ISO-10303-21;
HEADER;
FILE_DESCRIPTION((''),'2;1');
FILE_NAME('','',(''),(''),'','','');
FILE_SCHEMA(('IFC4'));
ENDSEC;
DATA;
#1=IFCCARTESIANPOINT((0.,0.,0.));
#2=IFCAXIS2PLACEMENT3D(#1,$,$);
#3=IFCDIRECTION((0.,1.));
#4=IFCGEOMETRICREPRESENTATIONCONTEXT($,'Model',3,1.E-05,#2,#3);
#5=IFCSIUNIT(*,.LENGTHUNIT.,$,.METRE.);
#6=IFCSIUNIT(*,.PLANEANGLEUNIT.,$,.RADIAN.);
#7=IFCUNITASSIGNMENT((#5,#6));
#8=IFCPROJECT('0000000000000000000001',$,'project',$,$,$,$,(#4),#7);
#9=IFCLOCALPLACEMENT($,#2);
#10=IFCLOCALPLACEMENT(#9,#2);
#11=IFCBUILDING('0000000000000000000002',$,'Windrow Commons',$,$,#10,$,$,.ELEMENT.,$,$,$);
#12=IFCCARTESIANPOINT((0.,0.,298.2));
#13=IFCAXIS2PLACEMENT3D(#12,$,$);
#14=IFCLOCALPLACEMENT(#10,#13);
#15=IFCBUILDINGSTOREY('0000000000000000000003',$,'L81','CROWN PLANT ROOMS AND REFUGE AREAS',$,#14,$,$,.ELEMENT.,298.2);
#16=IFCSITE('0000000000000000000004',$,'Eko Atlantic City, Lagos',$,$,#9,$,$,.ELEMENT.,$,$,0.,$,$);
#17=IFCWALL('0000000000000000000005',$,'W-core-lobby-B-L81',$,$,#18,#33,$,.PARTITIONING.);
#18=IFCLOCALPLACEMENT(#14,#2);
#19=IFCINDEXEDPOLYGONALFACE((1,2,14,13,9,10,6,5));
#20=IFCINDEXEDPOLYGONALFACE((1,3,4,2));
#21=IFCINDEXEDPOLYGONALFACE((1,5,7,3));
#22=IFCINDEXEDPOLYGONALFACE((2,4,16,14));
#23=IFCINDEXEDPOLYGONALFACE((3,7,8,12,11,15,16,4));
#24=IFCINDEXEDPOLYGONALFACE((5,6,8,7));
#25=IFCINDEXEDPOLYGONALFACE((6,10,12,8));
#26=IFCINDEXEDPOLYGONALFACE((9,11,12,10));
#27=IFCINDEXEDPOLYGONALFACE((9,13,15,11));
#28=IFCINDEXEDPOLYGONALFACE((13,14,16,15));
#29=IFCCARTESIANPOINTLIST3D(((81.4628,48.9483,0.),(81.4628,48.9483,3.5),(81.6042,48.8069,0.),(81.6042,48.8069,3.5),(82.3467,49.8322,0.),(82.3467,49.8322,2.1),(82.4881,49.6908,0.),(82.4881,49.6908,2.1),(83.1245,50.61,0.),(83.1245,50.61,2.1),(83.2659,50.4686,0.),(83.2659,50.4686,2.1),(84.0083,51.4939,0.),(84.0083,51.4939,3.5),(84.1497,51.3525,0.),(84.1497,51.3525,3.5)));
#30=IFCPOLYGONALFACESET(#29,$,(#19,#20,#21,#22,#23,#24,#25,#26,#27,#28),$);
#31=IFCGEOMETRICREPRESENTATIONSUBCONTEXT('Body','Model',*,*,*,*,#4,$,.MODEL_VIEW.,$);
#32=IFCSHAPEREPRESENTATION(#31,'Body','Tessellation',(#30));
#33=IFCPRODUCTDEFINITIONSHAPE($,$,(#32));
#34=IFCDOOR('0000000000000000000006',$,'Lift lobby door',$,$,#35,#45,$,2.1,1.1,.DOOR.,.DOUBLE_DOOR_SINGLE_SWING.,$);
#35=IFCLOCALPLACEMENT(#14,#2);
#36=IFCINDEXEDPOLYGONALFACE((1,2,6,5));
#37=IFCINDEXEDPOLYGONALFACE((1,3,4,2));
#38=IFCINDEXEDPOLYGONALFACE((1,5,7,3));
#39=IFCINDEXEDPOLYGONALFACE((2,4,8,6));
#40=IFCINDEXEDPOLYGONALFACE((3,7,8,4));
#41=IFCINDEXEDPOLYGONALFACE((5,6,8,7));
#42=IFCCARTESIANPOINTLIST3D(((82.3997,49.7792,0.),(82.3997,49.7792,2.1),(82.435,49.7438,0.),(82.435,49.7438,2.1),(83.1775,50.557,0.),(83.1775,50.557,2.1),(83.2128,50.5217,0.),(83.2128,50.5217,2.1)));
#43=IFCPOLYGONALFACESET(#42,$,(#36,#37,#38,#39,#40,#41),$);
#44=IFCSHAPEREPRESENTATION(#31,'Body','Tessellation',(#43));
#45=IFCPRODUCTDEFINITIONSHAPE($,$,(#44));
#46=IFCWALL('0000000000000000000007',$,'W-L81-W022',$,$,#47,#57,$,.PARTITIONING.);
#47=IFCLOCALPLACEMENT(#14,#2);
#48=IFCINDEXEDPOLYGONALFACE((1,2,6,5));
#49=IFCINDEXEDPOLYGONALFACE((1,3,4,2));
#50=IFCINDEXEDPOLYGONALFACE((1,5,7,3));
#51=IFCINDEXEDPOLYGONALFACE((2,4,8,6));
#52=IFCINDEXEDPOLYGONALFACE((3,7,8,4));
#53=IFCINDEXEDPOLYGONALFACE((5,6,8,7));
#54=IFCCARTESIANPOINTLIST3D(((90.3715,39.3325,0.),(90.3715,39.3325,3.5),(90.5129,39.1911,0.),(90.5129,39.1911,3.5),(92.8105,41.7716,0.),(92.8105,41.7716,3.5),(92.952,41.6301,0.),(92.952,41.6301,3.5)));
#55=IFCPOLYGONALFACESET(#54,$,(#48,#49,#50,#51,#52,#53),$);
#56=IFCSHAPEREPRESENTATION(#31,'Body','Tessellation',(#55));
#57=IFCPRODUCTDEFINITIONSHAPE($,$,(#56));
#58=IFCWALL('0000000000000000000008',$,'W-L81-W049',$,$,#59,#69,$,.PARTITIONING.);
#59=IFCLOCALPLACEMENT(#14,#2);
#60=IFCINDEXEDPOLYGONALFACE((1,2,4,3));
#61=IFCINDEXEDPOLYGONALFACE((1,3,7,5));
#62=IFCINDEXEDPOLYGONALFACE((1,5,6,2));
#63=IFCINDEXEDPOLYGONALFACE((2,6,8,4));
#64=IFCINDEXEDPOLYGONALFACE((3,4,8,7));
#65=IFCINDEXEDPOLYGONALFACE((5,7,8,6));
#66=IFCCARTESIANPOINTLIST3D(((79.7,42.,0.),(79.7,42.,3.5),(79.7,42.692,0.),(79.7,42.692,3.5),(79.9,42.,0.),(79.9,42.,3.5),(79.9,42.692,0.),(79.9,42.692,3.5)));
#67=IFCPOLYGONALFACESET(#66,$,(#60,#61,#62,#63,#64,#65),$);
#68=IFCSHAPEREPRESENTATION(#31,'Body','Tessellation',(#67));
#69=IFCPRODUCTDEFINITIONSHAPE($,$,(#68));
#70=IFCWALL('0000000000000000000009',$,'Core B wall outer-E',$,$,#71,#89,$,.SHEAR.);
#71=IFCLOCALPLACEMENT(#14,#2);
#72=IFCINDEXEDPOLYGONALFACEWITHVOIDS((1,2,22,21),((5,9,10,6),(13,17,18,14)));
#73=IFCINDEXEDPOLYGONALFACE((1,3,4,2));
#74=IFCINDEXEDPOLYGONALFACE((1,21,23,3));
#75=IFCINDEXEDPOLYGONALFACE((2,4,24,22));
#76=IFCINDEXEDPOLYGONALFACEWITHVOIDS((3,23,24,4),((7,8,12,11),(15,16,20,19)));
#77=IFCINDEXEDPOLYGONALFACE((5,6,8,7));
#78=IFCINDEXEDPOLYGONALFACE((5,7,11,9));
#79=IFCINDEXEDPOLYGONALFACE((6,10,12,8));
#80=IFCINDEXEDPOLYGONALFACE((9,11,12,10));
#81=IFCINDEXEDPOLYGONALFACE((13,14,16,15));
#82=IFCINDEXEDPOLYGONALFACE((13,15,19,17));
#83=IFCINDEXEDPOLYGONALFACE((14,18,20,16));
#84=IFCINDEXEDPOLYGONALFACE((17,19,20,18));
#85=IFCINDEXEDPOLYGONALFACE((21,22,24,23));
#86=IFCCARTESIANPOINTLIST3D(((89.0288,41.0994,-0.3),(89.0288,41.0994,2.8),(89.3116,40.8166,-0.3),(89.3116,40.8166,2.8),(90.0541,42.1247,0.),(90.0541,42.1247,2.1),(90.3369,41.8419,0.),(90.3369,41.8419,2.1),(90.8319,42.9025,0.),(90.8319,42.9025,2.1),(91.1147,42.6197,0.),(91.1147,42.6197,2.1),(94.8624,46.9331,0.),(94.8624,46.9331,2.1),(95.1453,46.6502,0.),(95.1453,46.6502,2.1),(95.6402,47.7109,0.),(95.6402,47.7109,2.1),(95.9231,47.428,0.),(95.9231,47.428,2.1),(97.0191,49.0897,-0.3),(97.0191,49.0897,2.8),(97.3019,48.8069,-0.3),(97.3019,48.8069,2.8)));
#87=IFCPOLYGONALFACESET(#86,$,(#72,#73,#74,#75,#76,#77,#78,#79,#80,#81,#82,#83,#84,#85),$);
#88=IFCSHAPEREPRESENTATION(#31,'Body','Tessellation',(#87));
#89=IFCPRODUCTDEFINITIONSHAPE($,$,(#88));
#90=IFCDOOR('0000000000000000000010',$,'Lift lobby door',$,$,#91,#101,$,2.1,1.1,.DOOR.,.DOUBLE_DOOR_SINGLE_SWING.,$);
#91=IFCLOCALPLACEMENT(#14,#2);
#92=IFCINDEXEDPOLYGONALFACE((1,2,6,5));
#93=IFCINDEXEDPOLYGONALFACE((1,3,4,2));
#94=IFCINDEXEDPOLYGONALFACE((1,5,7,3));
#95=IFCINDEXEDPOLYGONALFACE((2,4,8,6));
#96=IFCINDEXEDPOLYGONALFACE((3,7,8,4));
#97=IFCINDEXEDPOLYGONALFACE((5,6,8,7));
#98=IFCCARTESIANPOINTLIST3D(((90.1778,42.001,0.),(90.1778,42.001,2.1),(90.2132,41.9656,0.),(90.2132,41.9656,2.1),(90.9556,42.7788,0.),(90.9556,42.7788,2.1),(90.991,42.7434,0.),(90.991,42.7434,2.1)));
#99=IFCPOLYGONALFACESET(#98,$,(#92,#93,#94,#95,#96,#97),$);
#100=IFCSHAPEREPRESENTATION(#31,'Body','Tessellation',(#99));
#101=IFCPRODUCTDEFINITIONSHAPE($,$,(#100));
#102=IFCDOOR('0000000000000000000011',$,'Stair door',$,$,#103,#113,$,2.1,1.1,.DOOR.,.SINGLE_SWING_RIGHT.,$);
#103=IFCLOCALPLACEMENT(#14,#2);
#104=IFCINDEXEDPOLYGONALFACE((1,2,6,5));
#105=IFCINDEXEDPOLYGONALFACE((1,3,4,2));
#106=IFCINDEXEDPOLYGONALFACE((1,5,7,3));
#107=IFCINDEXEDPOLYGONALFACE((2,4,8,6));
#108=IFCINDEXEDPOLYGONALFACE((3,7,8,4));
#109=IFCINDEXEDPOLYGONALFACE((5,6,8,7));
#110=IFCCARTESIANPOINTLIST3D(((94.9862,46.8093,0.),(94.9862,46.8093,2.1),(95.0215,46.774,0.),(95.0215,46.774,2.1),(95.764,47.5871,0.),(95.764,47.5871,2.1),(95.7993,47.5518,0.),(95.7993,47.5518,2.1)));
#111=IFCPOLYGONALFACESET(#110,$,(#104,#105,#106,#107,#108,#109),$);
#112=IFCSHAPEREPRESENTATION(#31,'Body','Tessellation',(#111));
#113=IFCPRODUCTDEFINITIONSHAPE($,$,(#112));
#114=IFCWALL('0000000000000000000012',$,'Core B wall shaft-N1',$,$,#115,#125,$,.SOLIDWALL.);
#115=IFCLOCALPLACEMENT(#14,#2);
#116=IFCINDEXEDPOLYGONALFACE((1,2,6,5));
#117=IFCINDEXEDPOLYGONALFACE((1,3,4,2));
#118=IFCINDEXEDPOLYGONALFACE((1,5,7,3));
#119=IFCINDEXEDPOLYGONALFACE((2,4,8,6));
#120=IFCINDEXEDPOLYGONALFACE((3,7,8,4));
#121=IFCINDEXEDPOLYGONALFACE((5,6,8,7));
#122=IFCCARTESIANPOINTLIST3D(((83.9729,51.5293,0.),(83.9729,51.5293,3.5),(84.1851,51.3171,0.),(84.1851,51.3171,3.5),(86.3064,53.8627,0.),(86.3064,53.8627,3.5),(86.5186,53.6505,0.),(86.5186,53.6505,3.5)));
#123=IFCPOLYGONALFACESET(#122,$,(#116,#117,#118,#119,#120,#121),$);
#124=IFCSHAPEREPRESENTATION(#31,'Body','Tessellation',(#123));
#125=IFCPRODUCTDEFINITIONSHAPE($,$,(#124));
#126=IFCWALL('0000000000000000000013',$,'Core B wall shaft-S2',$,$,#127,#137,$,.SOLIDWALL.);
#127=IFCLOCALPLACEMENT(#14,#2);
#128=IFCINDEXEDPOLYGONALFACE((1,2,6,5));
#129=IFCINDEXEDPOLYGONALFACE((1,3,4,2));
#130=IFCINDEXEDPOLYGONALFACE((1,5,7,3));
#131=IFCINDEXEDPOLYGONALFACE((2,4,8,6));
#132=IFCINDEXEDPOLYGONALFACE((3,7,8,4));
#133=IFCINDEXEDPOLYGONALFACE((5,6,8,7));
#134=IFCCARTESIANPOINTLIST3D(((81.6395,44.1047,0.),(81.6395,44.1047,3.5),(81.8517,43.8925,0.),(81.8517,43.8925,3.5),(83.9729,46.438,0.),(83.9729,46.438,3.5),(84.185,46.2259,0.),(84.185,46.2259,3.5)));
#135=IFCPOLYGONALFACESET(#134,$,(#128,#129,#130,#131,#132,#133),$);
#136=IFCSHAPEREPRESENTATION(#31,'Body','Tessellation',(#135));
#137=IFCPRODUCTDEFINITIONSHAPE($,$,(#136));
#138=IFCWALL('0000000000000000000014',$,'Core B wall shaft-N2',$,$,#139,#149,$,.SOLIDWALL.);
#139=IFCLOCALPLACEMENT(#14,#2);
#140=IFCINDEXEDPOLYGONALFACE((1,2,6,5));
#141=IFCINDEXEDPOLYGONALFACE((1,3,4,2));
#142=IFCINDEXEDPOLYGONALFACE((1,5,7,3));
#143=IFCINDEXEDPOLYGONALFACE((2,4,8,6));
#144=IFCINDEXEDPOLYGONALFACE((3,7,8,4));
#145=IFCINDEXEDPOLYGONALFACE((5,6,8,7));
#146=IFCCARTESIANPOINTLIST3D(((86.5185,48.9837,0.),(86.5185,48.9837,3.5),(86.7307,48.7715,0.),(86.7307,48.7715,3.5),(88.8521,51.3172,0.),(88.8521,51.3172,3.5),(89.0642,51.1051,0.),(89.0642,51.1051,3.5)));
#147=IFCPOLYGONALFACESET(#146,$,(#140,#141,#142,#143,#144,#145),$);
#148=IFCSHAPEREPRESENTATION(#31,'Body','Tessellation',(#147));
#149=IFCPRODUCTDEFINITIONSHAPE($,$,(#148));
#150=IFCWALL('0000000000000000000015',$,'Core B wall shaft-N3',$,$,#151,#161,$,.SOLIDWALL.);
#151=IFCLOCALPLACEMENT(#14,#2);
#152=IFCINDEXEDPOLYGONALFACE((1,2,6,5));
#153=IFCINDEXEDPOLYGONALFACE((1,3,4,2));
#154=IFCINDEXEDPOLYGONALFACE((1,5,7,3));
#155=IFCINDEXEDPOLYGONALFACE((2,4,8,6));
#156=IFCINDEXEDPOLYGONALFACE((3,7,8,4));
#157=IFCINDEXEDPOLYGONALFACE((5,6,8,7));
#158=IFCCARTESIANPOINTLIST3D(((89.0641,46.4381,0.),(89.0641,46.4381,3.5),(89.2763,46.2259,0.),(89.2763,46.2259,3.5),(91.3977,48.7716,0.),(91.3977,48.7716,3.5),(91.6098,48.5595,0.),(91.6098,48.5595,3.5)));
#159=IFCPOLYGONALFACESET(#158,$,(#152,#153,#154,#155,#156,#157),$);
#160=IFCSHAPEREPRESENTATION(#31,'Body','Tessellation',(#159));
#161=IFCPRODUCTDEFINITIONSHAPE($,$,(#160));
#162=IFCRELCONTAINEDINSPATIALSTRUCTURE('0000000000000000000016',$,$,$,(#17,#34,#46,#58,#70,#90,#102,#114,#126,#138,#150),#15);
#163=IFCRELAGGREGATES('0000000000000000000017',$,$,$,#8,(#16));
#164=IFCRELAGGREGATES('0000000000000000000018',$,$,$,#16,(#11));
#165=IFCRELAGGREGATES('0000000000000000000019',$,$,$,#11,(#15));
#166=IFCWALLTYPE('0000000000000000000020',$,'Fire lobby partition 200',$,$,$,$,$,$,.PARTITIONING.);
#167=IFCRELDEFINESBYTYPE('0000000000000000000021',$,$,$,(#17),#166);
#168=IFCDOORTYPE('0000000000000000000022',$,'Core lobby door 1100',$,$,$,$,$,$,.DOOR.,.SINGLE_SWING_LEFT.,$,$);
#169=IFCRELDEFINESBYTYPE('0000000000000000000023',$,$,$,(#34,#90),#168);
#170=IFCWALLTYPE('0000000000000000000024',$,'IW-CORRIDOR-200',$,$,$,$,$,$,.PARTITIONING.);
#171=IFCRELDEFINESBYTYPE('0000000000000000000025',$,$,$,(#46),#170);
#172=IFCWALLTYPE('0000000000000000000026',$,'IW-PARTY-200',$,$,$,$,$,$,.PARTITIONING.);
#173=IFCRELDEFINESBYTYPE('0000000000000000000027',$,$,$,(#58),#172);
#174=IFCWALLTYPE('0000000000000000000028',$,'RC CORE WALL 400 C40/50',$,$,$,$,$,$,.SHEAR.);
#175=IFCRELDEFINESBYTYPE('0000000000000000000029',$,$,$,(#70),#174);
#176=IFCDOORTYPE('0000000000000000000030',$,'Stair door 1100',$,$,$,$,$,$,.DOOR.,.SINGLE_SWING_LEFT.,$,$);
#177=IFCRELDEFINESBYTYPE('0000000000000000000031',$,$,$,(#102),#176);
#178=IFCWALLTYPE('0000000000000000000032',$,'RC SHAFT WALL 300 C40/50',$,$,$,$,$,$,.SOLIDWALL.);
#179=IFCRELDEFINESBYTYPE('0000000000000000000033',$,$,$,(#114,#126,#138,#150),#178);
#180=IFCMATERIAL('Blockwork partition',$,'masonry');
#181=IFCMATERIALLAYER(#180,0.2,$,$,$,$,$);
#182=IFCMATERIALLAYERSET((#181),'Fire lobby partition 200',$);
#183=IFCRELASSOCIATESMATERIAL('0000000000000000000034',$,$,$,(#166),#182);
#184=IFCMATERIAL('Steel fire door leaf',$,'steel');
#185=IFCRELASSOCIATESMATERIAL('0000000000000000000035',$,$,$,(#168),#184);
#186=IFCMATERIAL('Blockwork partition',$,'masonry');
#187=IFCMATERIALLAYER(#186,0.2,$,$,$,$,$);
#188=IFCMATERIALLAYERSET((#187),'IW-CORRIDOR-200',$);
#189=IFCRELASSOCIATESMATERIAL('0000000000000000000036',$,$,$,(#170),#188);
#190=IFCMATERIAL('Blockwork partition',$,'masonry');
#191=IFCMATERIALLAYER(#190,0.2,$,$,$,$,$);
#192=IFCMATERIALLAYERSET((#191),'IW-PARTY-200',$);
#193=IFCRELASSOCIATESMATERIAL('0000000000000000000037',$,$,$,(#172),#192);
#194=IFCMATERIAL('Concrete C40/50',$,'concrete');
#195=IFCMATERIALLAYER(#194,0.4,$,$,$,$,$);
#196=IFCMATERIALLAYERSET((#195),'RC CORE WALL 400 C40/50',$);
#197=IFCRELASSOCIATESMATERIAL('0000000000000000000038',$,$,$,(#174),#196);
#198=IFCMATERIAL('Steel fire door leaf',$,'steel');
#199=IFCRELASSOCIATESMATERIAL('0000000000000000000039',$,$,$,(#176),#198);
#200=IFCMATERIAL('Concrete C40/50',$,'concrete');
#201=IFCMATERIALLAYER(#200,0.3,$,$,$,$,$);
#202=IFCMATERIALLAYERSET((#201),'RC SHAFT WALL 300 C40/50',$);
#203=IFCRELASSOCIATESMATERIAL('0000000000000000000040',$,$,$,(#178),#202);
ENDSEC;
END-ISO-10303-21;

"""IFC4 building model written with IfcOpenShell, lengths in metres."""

from ifc_helpers import new_model, si_unit, direction, frame, frame_2d, origin, place, context, subcontext, project, spatial, polyline, rectangle, outline, extrude, material, layer, layer_set, type_object, element, fill, save


model = new_model("IFC4")

# Units and contexts
model_context = context("Model", 3, precision=1e-05, world=origin(), true_north=direction((0.0, 1.0)))
body_context = subcontext(model_context, "Body", "Model", "MODEL_VIEW")
ifc_project = project(units=[si_unit("LENGTHUNIT", "METRE"), si_unit("PLANEANGLEUNIT", "RADIAN")], contexts=[model_context])

# Site, building, storey
site_placement = place(None, origin())
site = spatial("IfcSite", under=ifc_project, at=site_placement, Name="Eko Atlantic City, Lagos", CompositionType="ELEMENT", RefElevation=0.0)
building_placement = place(site_placement, origin())
building = spatial("IfcBuilding", under=site, at=building_placement, Name="Windrow Commons", CompositionType="ELEMENT")
storey_placement = place(building_placement, frame((0.0, 0.0, 298.2)))
storey = spatial("IfcBuildingStorey", under=building, at=storey_placement, Name="L81", Description="CROWN PLANT ROOMS AND REFUGE AREAS", CompositionType="ELEMENT", Elevation=298.2)

# Wall, opening, door
ifc_material_1 = material(Name="Blockwork partition", Category="masonry")
ifc_layer_1 = layer(ifc_material_1, 0.2)
ifc_layer_set_1 = layer_set([ifc_layer_1], Name="Fire lobby partition 200")
wall_type_1 = type_object("IfcWallType", Name="Fire lobby partition 200", PredefinedType="PARTITIONING", material=ifc_layer_set_1)
wall_1_placement = place(storey_placement, frame((81.5335, 48.8776, 0.0), z_axis=(0.0, 0.0, 1.0), x_axis=(0.707093, 0.707121, 0.0)))
wall_1 = element("IfcWall", 1, at=wall_1_placement, inside=storey, type_object=wall_type_1, Name="W-core-lobby-B-L81", PredefinedType="PARTITIONING", context=body_context, shape_type="SweptSolid", body=[
    extrude(outline(polyline([(0.0, 0.0), (3.6, 0.0), (3.6, 3.5), (0.0, 3.5), (0.0, 0.0)])), frame((0.0, 0.1, 0.0), z_axis=(0.0, -1.0, 0.0), x_axis=(1.0, 0.0, 0.0)), (0.0, 0.0, 1.0), 0.2),
])
opening_1_placement = place(wall_1_placement, frame((1.25, 0.0, 0.0)))
opening_1 = element("IfcOpeningElement", 2, at=opening_1_placement, cuts=wall_1, PredefinedType="OPENING", context=body_context, shape_type="SweptSolid", body=[
    extrude(rectangle(XDim=1.1, YDim=2.1, at=frame_2d((0.55, 1.05))), frame((0.0, 0.11, 0.0), z_axis=(0.0, -1.0, 0.0), x_axis=(1.0, 0.0, 0.0)), (0.0, 0.0, 1.0), 0.22),
])
ifc_material_2 = material(Name="Steel fire door leaf", Category="steel")
door_type_1 = type_object("IfcDoorType", Name="Core lobby door 1100", OperationType="SINGLE_SWING_LEFT", PredefinedType="DOOR", material=ifc_material_2)
door_1_placement = place(opening_1_placement, origin())
door_1 = element("IfcDoor", 3, at=door_1_placement, inside=storey, type_object=door_type_1, Name="Lift lobby door", OperationType="DOUBLE_DOOR_SINGLE_SWING", OverallHeight=2.1, OverallWidth=1.1, PredefinedType="DOOR", context=body_context, shape_type="SweptSolid", body=[
    extrude(rectangle(XDim=1.1, YDim=2.1, at=frame_2d((0.55, 1.05))), frame((0.0, 0.025, 0.0), z_axis=(0.0, -1.0, 0.0), x_axis=(1.0, 0.0, 0.0)), (0.0, 0.0, 1.0), 0.05),
])
fill(opening_1, door_1)

# Walls
ifc_material_3 = material(Name="Blockwork partition", Category="masonry")
ifc_layer_2 = layer(ifc_material_3, 0.2)
ifc_layer_set_2 = layer_set([ifc_layer_2], Name="IW-CORRIDOR-200")
wall_type_2 = type_object("IfcWallType", Name="IW-CORRIDOR-200", PredefinedType="PARTITIONING", material=ifc_layer_set_2)
wall_2_placement = place(storey_placement, frame((90.4422, 39.2618, 0.0), z_axis=(0.0, 0.0, 1.0), x_axis=(0.707107, 0.707107, 0.0)))
element("IfcWall", 4, at=wall_2_placement, inside=storey, type_object=wall_type_2, Name="W-L81-W022", PredefinedType="PARTITIONING", context=body_context, shape_type="SweptSolid", body=[
    extrude(rectangle(XDim=3.4493, YDim=0.2, at=frame_2d((1.7247, 0.0))), origin(), (0.0, 0.0, 1.0), 3.5),
])
ifc_material_4 = material(Name="Blockwork partition", Category="masonry")
ifc_layer_3 = layer(ifc_material_4, 0.2)
ifc_layer_set_3 = layer_set([ifc_layer_3], Name="IW-PARTY-200")
wall_type_3 = type_object("IfcWallType", Name="IW-PARTY-200", PredefinedType="PARTITIONING", material=ifc_layer_set_3)
wall_3_placement = place(storey_placement, frame((79.8, 42.0, 0.0), z_axis=(0.0, 0.0, 1.0), x_axis=(0.0, 1.0, 0.0)))
element("IfcWall", 5, at=wall_3_placement, inside=storey, type_object=wall_type_3, Name="W-L81-W049", PredefinedType="PARTITIONING", context=body_context, shape_type="SweptSolid", body=[
    extrude(rectangle(XDim=0.692, YDim=0.2, at=frame_2d((0.346, 0.0))), origin(), (0.0, 0.0, 1.0), 3.5),
])

# Wall, openings, doors
ifc_material_5 = material(Name="Concrete C40/50", Category="concrete")
ifc_layer_4 = layer(ifc_material_5, 0.4)
ifc_layer_set_4 = layer_set([ifc_layer_4], Name="RC CORE WALL 400 C40/50")
wall_type_4 = type_object("IfcWallType", Name="RC CORE WALL 400 C40/50", PredefinedType="SHEAR", material=ifc_layer_set_4)
wall_4_placement = place(storey_placement, frame((89.1702, 40.958, -0.3), z_axis=(0.0, 0.0, 1.0), x_axis=(0.707107, 0.707107, 0.0)))
wall_4 = element("IfcWall", 6, at=wall_4_placement, inside=storey, type_object=wall_type_4, Name="Core B wall outer-E", PredefinedType="SHEAR", context=body_context, shape_type="SweptSolid", body=[
    extrude(outline(polyline([(0.0, 0.0), (11.3, 0.0), (11.3, 3.1), (0.0, 3.1), (0.0, 0.0)])), frame((0.0, 0.2, 0.0), z_axis=(0.0, -1.0, 0.0), x_axis=(1.0, 0.0, 0.0)), (0.0, 0.0, 1.0), 0.4),
])
opening_2_placement = place(wall_4_placement, frame((1.45, 0.0, 0.3)))
opening_2 = element("IfcOpeningElement", 7, at=opening_2_placement, cuts=wall_4, PredefinedType="OPENING", context=body_context, shape_type="SweptSolid", body=[
    extrude(rectangle(XDim=1.1, YDim=2.1, at=frame_2d((0.55, 1.05))), frame((0.0, 0.21, 0.0), z_axis=(0.0, -1.0, 0.0), x_axis=(1.0, 0.0, 0.0)), (0.0, 0.0, 1.0), 0.42),
])
opening_3_placement = place(wall_4_placement, frame((8.25, 0.0, 0.3)))
opening_3 = element("IfcOpeningElement", 8, at=opening_3_placement, cuts=wall_4, PredefinedType="OPENING", context=body_context, shape_type="SweptSolid", body=[
    extrude(rectangle(XDim=1.1, YDim=2.1, at=frame_2d((0.55, 1.05))), frame((0.0, 0.21, 0.0), z_axis=(0.0, -1.0, 0.0), x_axis=(1.0, 0.0, 0.0)), (0.0, 0.0, 1.0), 0.42),
])
door_2_placement = place(opening_2_placement, origin())
door_2 = element("IfcDoor", 9, at=door_2_placement, inside=storey, type_object=door_type_1, Name="Lift lobby door", OperationType="DOUBLE_DOOR_SINGLE_SWING", OverallHeight=2.1, OverallWidth=1.1, PredefinedType="DOOR", context=body_context, shape_type="SweptSolid", body=[
    extrude(rectangle(XDim=1.1, YDim=2.1, at=frame_2d((0.55, 1.05))), frame((0.0, 0.025, 0.0), z_axis=(0.0, -1.0, 0.0), x_axis=(1.0, 0.0, 0.0)), (0.0, 0.0, 1.0), 0.05),
])
fill(opening_2, door_2)
ifc_material_6 = material(Name="Steel fire door leaf", Category="steel")
door_type_2 = type_object("IfcDoorType", Name="Stair door 1100", OperationType="SINGLE_SWING_LEFT", PredefinedType="DOOR", material=ifc_material_6)
door_3_placement = place(opening_3_placement, origin())
door_3 = element("IfcDoor", 10, at=door_3_placement, inside=storey, type_object=door_type_2, Name="Stair door", OperationType="SINGLE_SWING_RIGHT", OverallHeight=2.1, OverallWidth=1.1, PredefinedType="DOOR", context=body_context, shape_type="SweptSolid", body=[
    extrude(rectangle(XDim=1.1, YDim=2.1, at=frame_2d((0.55, 1.05))), frame((0.0, 0.025, 0.0), z_axis=(0.0, -1.0, 0.0), x_axis=(1.0, 0.0, 0.0)), (0.0, 0.0, 1.0), 0.05),
])
fill(opening_3, door_3)

# Walls
ifc_material_7 = material(Name="Concrete C40/50", Category="concrete")
ifc_layer_5 = layer(ifc_material_7, 0.3)
ifc_layer_set_5 = layer_set([ifc_layer_5], Name="RC SHAFT WALL 300 C40/50")
wall_type_5 = type_object("IfcWallType", Name="RC SHAFT WALL 300 C40/50", PredefinedType="SOLIDWALL", material=ifc_layer_set_5)
wall_5_placement = place(storey_placement, frame((84.079, 51.4232, 0.0), z_axis=(0.0, 0.0, 1.0), x_axis=(0.707122, 0.707092, 0.0)))
element("IfcWall", 11, at=wall_5_placement, inside=storey, type_object=wall_type_5, Name="Core B wall shaft-N1", PredefinedType="SOLIDWALL", context=body_context, shape_type="SweptSolid", body=[
    extrude(outline(polyline([(0.0, 0.0), (3.3, 0.0), (3.3, 3.5), (0.0, 3.5), (0.0, 0.0)])), frame((0.0, 0.15, 0.0), z_axis=(0.0, -1.0, 0.0), x_axis=(1.0, 0.0, 0.0)), (0.0, 0.0, 1.0), 0.3),
])
wall_6_placement = place(storey_placement, frame((81.7456, 43.9986, 0.0), z_axis=(0.0, 0.0, 1.0), x_axis=(0.707107, 0.707107, 0.0)))
element("IfcWall", 12, at=wall_6_placement, inside=storey, type_object=wall_type_5, Name="Core B wall shaft-S2", PredefinedType="SOLIDWALL", context=body_context, shape_type="SweptSolid", body=[
    extrude(outline(polyline([(0.0, 0.0), (3.2999, 0.0), (3.2999, 3.5), (0.0, 3.5), (0.0, 0.0)])), frame((0.0, 0.15, 0.0), z_axis=(0.0, -1.0, 0.0), x_axis=(1.0, 0.0, 0.0)), (0.0, 0.0, 1.0), 0.3),
])
for number, where, z_axis, x_axis, name in (
    (13, (86.6246, 48.8776, 0.0), (0.0, 0.0, 1.0), (0.707107, 0.707107, 0.0), "Core B wall shaft-N2"),
    (14, (89.1702, 46.332, 0.0), (0.0, 0.0, 1.0), (0.707107, 0.707107, 0.0), "Core B wall shaft-N3"),
):
    element("IfcWall", number, at=place(storey_placement, frame(where, z_axis=z_axis, x_axis=x_axis)), inside=storey, type_object=wall_type_5, Name=name, PredefinedType="SOLIDWALL", context=body_context, shape_type="SweptSolid", body=[
        extrude(outline(polyline([(0.0, 0.0), (3.3001, 0.0), (3.3001, 3.5), (0.0, 3.5), (0.0, 0.0)])), frame((0.0, 0.15, 0.0), z_axis=(0.0, -1.0, 0.0), x_axis=(1.0, 0.0, 0.0)), (0.0, 0.0, 1.0), 0.3),
    ])

save(model, "model.ifc")
